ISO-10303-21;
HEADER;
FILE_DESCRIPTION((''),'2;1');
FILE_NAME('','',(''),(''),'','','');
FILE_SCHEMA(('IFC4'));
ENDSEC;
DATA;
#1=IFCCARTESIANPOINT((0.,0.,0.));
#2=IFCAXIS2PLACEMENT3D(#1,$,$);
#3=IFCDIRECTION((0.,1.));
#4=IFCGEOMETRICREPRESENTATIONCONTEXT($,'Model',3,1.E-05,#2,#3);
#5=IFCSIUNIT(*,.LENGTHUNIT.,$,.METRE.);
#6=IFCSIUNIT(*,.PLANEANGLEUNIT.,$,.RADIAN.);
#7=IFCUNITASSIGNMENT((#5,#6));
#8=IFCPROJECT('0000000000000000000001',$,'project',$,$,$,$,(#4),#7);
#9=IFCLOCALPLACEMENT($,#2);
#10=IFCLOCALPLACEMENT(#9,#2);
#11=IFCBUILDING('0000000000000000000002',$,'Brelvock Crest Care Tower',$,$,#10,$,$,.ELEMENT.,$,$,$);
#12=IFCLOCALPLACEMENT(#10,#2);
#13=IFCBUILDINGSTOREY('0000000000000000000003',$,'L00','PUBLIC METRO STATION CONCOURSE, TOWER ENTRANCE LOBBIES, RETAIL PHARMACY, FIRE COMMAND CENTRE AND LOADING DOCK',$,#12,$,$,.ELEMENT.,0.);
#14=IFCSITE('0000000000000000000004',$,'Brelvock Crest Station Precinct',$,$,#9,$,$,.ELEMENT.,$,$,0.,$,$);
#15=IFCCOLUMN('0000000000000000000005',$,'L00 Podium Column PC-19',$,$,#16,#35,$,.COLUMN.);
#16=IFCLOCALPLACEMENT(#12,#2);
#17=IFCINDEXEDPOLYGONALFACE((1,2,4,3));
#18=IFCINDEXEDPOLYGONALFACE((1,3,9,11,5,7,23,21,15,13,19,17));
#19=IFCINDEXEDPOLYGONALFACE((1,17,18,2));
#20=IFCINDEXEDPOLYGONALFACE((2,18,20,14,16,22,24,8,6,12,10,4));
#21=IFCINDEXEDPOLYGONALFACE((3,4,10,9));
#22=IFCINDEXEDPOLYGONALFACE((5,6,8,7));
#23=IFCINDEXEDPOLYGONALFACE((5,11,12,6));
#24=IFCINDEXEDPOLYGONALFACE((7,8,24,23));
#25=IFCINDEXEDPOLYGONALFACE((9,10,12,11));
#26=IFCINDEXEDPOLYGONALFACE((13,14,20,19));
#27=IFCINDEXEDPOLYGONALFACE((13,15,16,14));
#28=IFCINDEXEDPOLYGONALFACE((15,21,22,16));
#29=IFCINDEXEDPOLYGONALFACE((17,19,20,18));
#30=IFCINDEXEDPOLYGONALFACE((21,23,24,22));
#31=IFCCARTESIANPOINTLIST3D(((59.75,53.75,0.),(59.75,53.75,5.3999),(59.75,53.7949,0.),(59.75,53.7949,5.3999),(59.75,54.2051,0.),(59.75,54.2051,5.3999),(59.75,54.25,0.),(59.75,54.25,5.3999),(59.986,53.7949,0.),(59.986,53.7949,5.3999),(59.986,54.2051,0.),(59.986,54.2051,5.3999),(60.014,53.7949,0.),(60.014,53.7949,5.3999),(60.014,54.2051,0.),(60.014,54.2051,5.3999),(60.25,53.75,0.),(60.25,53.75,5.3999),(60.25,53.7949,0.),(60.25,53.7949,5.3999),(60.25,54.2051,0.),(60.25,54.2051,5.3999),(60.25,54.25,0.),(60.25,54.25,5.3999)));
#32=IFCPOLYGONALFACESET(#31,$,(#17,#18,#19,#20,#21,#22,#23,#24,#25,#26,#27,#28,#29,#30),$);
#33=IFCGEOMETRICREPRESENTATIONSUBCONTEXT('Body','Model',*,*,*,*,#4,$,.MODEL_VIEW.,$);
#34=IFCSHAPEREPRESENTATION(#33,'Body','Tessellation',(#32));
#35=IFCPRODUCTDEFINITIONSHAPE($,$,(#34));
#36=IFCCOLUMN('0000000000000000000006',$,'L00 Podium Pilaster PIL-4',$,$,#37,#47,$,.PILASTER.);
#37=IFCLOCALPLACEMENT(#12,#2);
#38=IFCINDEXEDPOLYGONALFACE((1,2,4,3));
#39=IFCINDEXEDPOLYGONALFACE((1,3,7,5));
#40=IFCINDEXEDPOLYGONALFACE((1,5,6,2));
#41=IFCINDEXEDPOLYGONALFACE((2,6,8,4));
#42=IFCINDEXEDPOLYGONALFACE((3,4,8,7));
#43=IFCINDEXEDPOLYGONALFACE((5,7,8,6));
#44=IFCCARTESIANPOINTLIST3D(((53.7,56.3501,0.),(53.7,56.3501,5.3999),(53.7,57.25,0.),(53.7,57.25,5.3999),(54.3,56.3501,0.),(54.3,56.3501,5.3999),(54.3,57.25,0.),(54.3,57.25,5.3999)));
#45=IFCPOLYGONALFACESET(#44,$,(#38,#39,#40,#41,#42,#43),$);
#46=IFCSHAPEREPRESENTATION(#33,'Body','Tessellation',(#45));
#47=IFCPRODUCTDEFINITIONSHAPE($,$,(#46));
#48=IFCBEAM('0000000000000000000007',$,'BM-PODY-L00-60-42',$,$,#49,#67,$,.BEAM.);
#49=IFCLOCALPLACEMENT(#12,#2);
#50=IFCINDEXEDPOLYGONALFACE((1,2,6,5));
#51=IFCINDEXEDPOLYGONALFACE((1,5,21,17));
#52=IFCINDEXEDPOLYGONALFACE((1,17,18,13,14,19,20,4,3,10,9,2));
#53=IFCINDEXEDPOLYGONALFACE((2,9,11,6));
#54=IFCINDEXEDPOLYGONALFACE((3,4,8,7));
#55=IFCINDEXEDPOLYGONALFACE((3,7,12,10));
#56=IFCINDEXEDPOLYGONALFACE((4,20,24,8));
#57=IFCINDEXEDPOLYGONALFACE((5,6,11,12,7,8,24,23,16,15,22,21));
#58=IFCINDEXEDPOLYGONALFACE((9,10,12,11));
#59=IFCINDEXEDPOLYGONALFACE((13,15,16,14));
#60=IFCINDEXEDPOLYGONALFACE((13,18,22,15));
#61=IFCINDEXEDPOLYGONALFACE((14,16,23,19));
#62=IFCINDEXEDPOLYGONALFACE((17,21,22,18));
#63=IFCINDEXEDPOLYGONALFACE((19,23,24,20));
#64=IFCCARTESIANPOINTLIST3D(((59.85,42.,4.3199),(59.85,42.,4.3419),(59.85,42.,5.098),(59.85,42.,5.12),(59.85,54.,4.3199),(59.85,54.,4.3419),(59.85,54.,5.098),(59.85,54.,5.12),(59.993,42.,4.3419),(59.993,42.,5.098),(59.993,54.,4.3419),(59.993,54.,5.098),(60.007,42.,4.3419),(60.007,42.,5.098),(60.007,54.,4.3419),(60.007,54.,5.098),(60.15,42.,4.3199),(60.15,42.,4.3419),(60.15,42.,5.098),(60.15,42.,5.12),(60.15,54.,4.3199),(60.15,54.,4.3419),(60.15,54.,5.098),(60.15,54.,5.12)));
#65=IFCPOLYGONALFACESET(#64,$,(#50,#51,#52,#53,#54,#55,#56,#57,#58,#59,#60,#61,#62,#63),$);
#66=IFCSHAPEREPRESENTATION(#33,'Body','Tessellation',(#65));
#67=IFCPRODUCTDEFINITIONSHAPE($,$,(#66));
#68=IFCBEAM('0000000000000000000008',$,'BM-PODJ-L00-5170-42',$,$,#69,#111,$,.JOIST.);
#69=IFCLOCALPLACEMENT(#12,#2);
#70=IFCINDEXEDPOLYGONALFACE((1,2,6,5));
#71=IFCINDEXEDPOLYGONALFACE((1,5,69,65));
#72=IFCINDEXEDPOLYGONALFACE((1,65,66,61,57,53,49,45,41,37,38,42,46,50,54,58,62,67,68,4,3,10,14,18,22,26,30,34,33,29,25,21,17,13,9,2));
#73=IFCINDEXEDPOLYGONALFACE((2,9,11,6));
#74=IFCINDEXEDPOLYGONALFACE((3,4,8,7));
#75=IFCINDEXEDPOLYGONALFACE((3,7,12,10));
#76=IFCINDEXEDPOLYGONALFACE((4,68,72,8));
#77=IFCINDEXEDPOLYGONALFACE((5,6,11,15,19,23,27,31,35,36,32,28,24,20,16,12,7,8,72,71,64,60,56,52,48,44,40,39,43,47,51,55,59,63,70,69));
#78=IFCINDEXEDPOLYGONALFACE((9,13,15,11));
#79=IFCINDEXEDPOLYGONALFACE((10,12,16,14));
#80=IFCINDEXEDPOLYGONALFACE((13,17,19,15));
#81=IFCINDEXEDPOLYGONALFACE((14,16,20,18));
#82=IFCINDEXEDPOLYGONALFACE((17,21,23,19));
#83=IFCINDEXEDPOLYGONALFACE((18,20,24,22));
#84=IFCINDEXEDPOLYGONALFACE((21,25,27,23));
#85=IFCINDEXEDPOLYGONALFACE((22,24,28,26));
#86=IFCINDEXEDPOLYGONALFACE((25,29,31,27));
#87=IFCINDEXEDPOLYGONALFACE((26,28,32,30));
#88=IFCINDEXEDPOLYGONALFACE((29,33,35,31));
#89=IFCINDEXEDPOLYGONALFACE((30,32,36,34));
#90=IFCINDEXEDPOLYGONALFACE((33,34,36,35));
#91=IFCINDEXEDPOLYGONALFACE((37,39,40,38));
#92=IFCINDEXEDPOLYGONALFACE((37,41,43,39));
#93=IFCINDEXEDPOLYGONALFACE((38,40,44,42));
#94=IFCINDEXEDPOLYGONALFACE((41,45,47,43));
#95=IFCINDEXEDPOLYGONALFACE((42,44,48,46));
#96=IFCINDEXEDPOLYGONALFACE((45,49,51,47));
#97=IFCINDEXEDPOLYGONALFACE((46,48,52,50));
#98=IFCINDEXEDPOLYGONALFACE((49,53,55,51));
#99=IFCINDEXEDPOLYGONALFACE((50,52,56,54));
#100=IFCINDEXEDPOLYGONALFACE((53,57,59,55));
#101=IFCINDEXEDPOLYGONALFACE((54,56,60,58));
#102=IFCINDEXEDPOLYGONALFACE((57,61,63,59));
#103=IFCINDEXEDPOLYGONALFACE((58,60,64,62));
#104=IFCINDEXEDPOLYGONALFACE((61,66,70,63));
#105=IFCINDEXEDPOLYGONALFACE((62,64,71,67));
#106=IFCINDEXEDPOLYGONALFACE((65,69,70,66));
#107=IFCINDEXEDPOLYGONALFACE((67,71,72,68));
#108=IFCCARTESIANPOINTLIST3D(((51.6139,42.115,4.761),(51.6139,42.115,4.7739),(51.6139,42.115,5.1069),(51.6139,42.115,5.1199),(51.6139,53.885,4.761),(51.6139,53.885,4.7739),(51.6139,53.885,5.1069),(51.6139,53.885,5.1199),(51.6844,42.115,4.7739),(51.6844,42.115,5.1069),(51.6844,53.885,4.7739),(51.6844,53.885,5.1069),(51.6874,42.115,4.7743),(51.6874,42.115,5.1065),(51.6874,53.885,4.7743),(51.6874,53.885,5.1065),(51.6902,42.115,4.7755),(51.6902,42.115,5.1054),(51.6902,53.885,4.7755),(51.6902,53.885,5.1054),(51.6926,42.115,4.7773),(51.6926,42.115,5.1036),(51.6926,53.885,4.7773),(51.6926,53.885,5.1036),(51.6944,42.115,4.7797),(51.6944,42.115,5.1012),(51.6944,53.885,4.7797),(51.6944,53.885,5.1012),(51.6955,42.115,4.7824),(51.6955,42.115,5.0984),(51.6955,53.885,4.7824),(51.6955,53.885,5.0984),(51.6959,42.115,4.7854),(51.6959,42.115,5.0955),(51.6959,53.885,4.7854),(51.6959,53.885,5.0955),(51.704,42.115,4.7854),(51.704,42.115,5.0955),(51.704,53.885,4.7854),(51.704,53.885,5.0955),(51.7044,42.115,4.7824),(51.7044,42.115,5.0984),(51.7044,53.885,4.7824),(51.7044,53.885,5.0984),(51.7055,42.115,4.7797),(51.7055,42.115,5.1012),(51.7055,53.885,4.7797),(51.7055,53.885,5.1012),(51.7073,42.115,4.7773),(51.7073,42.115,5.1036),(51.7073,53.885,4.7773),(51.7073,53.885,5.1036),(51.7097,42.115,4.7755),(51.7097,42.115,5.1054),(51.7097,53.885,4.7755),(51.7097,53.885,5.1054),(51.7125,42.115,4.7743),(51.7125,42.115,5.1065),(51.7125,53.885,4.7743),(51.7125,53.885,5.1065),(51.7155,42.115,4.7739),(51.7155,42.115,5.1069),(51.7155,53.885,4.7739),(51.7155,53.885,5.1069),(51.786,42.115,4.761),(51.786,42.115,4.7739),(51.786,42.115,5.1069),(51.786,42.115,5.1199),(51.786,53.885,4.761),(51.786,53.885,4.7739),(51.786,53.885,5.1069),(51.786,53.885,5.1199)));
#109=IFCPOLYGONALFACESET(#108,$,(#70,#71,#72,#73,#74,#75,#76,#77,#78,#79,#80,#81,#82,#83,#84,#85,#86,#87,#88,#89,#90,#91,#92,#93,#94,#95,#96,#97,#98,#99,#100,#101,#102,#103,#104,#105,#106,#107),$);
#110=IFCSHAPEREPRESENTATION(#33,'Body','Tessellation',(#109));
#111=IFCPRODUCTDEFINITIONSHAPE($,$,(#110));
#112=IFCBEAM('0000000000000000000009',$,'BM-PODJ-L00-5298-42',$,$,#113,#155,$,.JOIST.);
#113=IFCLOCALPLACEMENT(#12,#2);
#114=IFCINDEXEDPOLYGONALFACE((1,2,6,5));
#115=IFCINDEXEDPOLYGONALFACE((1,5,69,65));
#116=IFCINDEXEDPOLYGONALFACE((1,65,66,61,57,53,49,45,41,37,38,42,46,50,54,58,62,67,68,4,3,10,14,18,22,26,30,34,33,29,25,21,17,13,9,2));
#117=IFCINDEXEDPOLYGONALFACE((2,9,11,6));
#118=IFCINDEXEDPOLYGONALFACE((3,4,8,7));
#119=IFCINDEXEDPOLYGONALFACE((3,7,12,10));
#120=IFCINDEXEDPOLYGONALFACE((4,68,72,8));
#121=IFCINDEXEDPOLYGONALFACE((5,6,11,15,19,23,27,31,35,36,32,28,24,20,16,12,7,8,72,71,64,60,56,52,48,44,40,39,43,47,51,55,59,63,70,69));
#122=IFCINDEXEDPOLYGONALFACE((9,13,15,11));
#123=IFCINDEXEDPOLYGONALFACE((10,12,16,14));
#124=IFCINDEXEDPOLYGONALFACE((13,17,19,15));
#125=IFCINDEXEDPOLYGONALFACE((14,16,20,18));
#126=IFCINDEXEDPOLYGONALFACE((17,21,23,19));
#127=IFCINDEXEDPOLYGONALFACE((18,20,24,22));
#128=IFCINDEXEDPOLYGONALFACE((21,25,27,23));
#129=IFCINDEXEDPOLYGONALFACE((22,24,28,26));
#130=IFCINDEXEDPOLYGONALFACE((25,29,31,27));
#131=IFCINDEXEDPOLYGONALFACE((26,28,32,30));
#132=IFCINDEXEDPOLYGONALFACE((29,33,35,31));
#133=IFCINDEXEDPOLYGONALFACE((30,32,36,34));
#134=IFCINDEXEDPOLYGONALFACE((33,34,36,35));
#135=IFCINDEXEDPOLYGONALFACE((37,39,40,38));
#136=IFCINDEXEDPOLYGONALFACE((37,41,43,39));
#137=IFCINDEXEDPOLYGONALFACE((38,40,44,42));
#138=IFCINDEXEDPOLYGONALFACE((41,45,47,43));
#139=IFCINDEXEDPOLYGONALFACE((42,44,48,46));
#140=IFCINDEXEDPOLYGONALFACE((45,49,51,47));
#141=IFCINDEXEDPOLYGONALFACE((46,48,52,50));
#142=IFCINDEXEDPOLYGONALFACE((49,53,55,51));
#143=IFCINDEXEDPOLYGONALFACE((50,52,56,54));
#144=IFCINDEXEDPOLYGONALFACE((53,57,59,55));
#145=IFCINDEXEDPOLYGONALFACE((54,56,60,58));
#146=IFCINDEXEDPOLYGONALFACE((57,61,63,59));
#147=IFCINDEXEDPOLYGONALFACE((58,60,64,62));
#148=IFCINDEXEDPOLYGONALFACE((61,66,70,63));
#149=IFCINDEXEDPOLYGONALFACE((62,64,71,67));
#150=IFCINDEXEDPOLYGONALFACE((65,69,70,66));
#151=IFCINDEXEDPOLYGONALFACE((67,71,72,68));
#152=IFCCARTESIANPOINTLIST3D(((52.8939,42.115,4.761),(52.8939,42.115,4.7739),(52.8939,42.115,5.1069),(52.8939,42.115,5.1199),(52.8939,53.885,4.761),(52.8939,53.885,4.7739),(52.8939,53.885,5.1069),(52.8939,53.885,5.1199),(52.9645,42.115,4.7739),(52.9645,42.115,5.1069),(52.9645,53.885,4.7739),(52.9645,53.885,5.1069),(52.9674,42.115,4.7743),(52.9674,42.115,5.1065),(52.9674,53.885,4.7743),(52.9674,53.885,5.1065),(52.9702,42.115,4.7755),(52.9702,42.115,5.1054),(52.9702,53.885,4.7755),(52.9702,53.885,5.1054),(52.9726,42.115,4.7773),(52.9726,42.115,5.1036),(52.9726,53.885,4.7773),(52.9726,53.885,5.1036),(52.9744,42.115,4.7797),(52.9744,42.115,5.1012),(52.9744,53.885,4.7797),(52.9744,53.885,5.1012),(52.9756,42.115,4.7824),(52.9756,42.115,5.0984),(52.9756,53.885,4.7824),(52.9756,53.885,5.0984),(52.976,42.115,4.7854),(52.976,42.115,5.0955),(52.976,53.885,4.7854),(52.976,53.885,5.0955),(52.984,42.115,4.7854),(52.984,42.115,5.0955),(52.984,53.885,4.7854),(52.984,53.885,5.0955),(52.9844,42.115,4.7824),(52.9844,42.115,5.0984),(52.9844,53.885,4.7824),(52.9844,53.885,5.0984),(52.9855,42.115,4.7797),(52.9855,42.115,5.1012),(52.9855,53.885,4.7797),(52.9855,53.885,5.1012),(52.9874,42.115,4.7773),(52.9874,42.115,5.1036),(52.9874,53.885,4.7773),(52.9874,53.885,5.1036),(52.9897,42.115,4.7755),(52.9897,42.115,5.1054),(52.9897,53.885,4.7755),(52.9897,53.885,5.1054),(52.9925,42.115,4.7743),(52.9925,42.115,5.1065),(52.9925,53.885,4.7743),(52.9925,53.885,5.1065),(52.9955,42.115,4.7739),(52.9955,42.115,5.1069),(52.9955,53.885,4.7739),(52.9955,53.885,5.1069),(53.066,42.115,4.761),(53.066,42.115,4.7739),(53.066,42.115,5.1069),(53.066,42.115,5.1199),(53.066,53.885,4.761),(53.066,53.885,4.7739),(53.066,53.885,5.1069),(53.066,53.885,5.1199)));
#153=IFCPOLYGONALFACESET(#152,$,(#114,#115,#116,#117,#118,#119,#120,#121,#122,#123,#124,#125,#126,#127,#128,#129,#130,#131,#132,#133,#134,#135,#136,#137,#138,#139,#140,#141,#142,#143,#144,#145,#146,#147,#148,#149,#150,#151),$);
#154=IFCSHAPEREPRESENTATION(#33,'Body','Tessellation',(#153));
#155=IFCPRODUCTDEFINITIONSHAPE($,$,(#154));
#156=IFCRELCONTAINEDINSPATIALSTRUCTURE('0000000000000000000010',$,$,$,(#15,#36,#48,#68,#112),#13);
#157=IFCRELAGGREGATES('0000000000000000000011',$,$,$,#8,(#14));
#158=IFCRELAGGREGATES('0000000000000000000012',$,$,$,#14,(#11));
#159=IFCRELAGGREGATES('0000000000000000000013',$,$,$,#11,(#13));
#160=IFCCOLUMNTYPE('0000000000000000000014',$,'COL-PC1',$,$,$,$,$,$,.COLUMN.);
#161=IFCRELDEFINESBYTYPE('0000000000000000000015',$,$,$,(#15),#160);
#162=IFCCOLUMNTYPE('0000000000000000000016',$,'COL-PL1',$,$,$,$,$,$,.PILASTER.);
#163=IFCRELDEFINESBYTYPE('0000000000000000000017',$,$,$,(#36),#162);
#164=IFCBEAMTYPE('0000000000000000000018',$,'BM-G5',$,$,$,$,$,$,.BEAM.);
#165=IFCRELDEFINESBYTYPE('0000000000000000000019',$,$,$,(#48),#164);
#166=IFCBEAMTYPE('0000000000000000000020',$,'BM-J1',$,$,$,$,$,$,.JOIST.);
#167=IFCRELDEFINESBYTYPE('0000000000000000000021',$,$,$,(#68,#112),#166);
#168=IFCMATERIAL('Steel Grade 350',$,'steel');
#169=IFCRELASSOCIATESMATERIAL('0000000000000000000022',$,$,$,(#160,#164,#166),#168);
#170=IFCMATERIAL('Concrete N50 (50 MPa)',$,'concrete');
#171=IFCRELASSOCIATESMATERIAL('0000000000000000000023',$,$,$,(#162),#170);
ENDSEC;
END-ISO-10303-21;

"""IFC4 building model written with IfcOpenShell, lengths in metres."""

from ifc_helpers import new_model, si_unit, direction, frame, origin, origin_2d, place, context, subcontext, project, spatial, rectangle, i_section, extrude, source, transform, mapped, material, material_profile, profile_set, type_object, element, save


model = new_model("IFC4")

# Units and contexts
model_context = context("Model", 3, precision=1e-05, world=origin(), true_north=direction((0.0, 1.0)))
body_context = subcontext(model_context, "Body", "Model", "MODEL_VIEW")
ifc_project = project(units=[si_unit("LENGTHUNIT", "METRE"), si_unit("PLANEANGLEUNIT", "RADIAN")], contexts=[model_context])

# Site, building, storey
site_placement = place(None, origin())
site = spatial("IfcSite", under=ifc_project, at=site_placement, Name="Brelvock Crest Station Precinct", CompositionType="ELEMENT", RefElevation=0.0)
building_placement = place(site_placement, origin())
building = spatial("IfcBuilding", under=site, at=building_placement, Name="Brelvock Crest Care Tower", CompositionType="ELEMENT")
storey_placement = place(building_placement, origin())
storey = spatial("IfcBuildingStorey", under=building, at=storey_placement, Name="L00", Description="PUBLIC METRO STATION CONCOURSE, TOWER ENTRANCE LOBBIES, RETAIL PHARMACY, FIRE COMMAND CENTRE AND LOADING DOCK", CompositionType="ELEMENT", Elevation=0.0)

# Columns
ifc_material_1 = material(Name="Steel Grade 350", Category="steel")
ifc_material_profile_1 = material_profile(ifc_material_1, i_section(OverallWidth=0.5, OverallDepth=0.5, WebThickness=0.0281, FlangeThickness=0.0449, at=origin_2d()), Name="500WC440")
ifc_profile_set_1 = profile_set([ifc_material_profile_1], Name="Steel Grade 350")
column_type_1 = type_object("IfcColumnType", Name="COL-PC1", PredefinedType="COLUMN", material=ifc_profile_set_1)
shared_shape_1 = source(origin(), body_context, "Body", "SweptSolid", [
    extrude(i_section(OverallWidth=0.5, OverallDepth=0.5, WebThickness=0.0281, FlangeThickness=0.0449, at=origin_2d()), origin(), (0.0, 0.0, 1.0), 5.3999),
])
column_1_placement = place(storey_placement, frame((60.0, 54.0, 0.0), z_axis=(0.0, 0.0, 1.0), x_axis=(1.0, 0.0, 0.0)))
element("IfcColumn", 1, at=column_1_placement, inside=storey, type_object=column_type_1, Name="L00 Podium Column PC-19", PredefinedType="COLUMN", context=body_context, shape_type="MappedRepresentation", body=[
    mapped(shared_shape_1, transform((0.0, 0.0, 0.0), x_axis=(1.0, 0.0, 0.0), y_axis=(0.0, 1.0, 0.0), z_axis=(0.0, 0.0, 1.0), scale=1.0)),
])
ifc_material_2 = material(Name="Concrete N50 (50 MPa)", Category="concrete")
ifc_material_profile_2 = material_profile(ifc_material_2, rectangle(XDim=0.6001, YDim=0.8999, at=origin_2d()), Name="RC600x900")
ifc_profile_set_2 = profile_set([ifc_material_profile_2], Name="Concrete N50 (50 MPa)")
column_type_2 = type_object("IfcColumnType", Name="COL-PL1", PredefinedType="PILASTER", material=ifc_profile_set_2)
shared_shape_2 = source(origin(), body_context, "Body", "SweptSolid", [
    extrude(rectangle(XDim=0.6001, YDim=0.8999, at=origin_2d()), origin(), (0.0, 0.0, 1.0), 5.3999),
])
column_2_placement = place(storey_placement, frame((54.0, 56.8, 0.0), z_axis=(0.0, 0.0, 1.0), x_axis=(1.0, 0.0, 0.0)))
element("IfcColumn", 2, at=column_2_placement, inside=storey, type_object=column_type_2, Name="L00 Podium Pilaster PIL-4", PredefinedType="PILASTER", context=body_context, shape_type="MappedRepresentation", body=[
    mapped(shared_shape_2, transform((0.0, 0.0, 0.0), x_axis=(1.0, 0.0, 0.0), y_axis=(0.0, 1.0, 0.0), z_axis=(0.0, 0.0, 1.0), scale=1.0)),
])

# Beams
ifc_material_profile_3 = material_profile(ifc_material_1, i_section(OverallWidth=0.3, OverallDepth=0.8, WebThickness=0.0139, FlangeThickness=0.022, at=origin_2d()), Name="800WB192")
ifc_profile_set_3 = profile_set([ifc_material_profile_3], Name="Steel Grade 350")
beam_type_1 = type_object("IfcBeamType", Name="BM-G5", PredefinedType="BEAM", material=ifc_profile_set_3)
shared_shape_3 = source(origin(), body_context, "Body", "SweptSolid", [
    extrude(i_section(OverallWidth=0.3, OverallDepth=0.8, WebThickness=0.0139, FlangeThickness=0.022, at=origin_2d()), origin(), (0.0, 0.0, 1.0), 12.0),
])
beam_placement = place(storey_placement, frame((60.0, 42.0, 4.72), z_axis=(0.0, 1.0, 0.0), x_axis=(-1.0, 0.0, 0.0)))
element("IfcBeam", 3, at=beam_placement, inside=storey, type_object=beam_type_1, Name="BM-PODY-L00-60-42", PredefinedType="BEAM", context=body_context, shape_type="MappedRepresentation", body=[
    mapped(shared_shape_3, transform((0.0, 0.0, 0.0), x_axis=(1.0, 0.0, 0.0), y_axis=(0.0, 1.0, 0.0), z_axis=(0.0, 0.0, 1.0), scale=1.0)),
])
ifc_material_profile_4 = material_profile(ifc_material_1, i_section(OverallWidth=0.1721, OverallDepth=0.3589, WebThickness=0.0081, FlangeThickness=0.0129, FilletRadius=0.0115, at=origin_2d()), Name="360UB56.7")
ifc_profile_set_4 = profile_set([ifc_material_profile_4], Name="Steel Grade 350")
beam_type_2 = type_object("IfcBeamType", Name="BM-J1", PredefinedType="JOIST", material=ifc_profile_set_4)
shared_shape_4 = source(origin(), body_context, "Body", "SweptSolid", [
    extrude(i_section(OverallWidth=0.1721, OverallDepth=0.3589, WebThickness=0.0081, FlangeThickness=0.0129, FilletRadius=0.0115, at=origin_2d()), origin(), (0.0, 0.0, 1.0), 11.77),
])
for number, where, z_axis, x_axis, name in (
    (4, (51.7, 42.115, 4.9404), (0.0, 1.0, 0.0), (-1.0, 0.0, 0.0), "BM-PODJ-L00-5170-42"),
    (5, (52.98, 42.115, 4.9404), (0.0, 1.0, 0.0), (-1.0, 0.0, 0.0), "BM-PODJ-L00-5298-42"),
):
    element("IfcBeam", number, at=place(storey_placement, frame(where, z_axis=z_axis, x_axis=x_axis)), inside=storey, type_object=beam_type_2, Name=name, PredefinedType="JOIST", context=body_context, shape_type="MappedRepresentation", body=[
        mapped(shared_shape_4, transform((0.0, 0.0, 0.0), x_axis=(1.0, 0.0, 0.0), y_axis=(0.0, 1.0, 0.0), z_axis=(0.0, 0.0, 1.0), scale=1.0)),
    ])

save(model, "model.ifc")
